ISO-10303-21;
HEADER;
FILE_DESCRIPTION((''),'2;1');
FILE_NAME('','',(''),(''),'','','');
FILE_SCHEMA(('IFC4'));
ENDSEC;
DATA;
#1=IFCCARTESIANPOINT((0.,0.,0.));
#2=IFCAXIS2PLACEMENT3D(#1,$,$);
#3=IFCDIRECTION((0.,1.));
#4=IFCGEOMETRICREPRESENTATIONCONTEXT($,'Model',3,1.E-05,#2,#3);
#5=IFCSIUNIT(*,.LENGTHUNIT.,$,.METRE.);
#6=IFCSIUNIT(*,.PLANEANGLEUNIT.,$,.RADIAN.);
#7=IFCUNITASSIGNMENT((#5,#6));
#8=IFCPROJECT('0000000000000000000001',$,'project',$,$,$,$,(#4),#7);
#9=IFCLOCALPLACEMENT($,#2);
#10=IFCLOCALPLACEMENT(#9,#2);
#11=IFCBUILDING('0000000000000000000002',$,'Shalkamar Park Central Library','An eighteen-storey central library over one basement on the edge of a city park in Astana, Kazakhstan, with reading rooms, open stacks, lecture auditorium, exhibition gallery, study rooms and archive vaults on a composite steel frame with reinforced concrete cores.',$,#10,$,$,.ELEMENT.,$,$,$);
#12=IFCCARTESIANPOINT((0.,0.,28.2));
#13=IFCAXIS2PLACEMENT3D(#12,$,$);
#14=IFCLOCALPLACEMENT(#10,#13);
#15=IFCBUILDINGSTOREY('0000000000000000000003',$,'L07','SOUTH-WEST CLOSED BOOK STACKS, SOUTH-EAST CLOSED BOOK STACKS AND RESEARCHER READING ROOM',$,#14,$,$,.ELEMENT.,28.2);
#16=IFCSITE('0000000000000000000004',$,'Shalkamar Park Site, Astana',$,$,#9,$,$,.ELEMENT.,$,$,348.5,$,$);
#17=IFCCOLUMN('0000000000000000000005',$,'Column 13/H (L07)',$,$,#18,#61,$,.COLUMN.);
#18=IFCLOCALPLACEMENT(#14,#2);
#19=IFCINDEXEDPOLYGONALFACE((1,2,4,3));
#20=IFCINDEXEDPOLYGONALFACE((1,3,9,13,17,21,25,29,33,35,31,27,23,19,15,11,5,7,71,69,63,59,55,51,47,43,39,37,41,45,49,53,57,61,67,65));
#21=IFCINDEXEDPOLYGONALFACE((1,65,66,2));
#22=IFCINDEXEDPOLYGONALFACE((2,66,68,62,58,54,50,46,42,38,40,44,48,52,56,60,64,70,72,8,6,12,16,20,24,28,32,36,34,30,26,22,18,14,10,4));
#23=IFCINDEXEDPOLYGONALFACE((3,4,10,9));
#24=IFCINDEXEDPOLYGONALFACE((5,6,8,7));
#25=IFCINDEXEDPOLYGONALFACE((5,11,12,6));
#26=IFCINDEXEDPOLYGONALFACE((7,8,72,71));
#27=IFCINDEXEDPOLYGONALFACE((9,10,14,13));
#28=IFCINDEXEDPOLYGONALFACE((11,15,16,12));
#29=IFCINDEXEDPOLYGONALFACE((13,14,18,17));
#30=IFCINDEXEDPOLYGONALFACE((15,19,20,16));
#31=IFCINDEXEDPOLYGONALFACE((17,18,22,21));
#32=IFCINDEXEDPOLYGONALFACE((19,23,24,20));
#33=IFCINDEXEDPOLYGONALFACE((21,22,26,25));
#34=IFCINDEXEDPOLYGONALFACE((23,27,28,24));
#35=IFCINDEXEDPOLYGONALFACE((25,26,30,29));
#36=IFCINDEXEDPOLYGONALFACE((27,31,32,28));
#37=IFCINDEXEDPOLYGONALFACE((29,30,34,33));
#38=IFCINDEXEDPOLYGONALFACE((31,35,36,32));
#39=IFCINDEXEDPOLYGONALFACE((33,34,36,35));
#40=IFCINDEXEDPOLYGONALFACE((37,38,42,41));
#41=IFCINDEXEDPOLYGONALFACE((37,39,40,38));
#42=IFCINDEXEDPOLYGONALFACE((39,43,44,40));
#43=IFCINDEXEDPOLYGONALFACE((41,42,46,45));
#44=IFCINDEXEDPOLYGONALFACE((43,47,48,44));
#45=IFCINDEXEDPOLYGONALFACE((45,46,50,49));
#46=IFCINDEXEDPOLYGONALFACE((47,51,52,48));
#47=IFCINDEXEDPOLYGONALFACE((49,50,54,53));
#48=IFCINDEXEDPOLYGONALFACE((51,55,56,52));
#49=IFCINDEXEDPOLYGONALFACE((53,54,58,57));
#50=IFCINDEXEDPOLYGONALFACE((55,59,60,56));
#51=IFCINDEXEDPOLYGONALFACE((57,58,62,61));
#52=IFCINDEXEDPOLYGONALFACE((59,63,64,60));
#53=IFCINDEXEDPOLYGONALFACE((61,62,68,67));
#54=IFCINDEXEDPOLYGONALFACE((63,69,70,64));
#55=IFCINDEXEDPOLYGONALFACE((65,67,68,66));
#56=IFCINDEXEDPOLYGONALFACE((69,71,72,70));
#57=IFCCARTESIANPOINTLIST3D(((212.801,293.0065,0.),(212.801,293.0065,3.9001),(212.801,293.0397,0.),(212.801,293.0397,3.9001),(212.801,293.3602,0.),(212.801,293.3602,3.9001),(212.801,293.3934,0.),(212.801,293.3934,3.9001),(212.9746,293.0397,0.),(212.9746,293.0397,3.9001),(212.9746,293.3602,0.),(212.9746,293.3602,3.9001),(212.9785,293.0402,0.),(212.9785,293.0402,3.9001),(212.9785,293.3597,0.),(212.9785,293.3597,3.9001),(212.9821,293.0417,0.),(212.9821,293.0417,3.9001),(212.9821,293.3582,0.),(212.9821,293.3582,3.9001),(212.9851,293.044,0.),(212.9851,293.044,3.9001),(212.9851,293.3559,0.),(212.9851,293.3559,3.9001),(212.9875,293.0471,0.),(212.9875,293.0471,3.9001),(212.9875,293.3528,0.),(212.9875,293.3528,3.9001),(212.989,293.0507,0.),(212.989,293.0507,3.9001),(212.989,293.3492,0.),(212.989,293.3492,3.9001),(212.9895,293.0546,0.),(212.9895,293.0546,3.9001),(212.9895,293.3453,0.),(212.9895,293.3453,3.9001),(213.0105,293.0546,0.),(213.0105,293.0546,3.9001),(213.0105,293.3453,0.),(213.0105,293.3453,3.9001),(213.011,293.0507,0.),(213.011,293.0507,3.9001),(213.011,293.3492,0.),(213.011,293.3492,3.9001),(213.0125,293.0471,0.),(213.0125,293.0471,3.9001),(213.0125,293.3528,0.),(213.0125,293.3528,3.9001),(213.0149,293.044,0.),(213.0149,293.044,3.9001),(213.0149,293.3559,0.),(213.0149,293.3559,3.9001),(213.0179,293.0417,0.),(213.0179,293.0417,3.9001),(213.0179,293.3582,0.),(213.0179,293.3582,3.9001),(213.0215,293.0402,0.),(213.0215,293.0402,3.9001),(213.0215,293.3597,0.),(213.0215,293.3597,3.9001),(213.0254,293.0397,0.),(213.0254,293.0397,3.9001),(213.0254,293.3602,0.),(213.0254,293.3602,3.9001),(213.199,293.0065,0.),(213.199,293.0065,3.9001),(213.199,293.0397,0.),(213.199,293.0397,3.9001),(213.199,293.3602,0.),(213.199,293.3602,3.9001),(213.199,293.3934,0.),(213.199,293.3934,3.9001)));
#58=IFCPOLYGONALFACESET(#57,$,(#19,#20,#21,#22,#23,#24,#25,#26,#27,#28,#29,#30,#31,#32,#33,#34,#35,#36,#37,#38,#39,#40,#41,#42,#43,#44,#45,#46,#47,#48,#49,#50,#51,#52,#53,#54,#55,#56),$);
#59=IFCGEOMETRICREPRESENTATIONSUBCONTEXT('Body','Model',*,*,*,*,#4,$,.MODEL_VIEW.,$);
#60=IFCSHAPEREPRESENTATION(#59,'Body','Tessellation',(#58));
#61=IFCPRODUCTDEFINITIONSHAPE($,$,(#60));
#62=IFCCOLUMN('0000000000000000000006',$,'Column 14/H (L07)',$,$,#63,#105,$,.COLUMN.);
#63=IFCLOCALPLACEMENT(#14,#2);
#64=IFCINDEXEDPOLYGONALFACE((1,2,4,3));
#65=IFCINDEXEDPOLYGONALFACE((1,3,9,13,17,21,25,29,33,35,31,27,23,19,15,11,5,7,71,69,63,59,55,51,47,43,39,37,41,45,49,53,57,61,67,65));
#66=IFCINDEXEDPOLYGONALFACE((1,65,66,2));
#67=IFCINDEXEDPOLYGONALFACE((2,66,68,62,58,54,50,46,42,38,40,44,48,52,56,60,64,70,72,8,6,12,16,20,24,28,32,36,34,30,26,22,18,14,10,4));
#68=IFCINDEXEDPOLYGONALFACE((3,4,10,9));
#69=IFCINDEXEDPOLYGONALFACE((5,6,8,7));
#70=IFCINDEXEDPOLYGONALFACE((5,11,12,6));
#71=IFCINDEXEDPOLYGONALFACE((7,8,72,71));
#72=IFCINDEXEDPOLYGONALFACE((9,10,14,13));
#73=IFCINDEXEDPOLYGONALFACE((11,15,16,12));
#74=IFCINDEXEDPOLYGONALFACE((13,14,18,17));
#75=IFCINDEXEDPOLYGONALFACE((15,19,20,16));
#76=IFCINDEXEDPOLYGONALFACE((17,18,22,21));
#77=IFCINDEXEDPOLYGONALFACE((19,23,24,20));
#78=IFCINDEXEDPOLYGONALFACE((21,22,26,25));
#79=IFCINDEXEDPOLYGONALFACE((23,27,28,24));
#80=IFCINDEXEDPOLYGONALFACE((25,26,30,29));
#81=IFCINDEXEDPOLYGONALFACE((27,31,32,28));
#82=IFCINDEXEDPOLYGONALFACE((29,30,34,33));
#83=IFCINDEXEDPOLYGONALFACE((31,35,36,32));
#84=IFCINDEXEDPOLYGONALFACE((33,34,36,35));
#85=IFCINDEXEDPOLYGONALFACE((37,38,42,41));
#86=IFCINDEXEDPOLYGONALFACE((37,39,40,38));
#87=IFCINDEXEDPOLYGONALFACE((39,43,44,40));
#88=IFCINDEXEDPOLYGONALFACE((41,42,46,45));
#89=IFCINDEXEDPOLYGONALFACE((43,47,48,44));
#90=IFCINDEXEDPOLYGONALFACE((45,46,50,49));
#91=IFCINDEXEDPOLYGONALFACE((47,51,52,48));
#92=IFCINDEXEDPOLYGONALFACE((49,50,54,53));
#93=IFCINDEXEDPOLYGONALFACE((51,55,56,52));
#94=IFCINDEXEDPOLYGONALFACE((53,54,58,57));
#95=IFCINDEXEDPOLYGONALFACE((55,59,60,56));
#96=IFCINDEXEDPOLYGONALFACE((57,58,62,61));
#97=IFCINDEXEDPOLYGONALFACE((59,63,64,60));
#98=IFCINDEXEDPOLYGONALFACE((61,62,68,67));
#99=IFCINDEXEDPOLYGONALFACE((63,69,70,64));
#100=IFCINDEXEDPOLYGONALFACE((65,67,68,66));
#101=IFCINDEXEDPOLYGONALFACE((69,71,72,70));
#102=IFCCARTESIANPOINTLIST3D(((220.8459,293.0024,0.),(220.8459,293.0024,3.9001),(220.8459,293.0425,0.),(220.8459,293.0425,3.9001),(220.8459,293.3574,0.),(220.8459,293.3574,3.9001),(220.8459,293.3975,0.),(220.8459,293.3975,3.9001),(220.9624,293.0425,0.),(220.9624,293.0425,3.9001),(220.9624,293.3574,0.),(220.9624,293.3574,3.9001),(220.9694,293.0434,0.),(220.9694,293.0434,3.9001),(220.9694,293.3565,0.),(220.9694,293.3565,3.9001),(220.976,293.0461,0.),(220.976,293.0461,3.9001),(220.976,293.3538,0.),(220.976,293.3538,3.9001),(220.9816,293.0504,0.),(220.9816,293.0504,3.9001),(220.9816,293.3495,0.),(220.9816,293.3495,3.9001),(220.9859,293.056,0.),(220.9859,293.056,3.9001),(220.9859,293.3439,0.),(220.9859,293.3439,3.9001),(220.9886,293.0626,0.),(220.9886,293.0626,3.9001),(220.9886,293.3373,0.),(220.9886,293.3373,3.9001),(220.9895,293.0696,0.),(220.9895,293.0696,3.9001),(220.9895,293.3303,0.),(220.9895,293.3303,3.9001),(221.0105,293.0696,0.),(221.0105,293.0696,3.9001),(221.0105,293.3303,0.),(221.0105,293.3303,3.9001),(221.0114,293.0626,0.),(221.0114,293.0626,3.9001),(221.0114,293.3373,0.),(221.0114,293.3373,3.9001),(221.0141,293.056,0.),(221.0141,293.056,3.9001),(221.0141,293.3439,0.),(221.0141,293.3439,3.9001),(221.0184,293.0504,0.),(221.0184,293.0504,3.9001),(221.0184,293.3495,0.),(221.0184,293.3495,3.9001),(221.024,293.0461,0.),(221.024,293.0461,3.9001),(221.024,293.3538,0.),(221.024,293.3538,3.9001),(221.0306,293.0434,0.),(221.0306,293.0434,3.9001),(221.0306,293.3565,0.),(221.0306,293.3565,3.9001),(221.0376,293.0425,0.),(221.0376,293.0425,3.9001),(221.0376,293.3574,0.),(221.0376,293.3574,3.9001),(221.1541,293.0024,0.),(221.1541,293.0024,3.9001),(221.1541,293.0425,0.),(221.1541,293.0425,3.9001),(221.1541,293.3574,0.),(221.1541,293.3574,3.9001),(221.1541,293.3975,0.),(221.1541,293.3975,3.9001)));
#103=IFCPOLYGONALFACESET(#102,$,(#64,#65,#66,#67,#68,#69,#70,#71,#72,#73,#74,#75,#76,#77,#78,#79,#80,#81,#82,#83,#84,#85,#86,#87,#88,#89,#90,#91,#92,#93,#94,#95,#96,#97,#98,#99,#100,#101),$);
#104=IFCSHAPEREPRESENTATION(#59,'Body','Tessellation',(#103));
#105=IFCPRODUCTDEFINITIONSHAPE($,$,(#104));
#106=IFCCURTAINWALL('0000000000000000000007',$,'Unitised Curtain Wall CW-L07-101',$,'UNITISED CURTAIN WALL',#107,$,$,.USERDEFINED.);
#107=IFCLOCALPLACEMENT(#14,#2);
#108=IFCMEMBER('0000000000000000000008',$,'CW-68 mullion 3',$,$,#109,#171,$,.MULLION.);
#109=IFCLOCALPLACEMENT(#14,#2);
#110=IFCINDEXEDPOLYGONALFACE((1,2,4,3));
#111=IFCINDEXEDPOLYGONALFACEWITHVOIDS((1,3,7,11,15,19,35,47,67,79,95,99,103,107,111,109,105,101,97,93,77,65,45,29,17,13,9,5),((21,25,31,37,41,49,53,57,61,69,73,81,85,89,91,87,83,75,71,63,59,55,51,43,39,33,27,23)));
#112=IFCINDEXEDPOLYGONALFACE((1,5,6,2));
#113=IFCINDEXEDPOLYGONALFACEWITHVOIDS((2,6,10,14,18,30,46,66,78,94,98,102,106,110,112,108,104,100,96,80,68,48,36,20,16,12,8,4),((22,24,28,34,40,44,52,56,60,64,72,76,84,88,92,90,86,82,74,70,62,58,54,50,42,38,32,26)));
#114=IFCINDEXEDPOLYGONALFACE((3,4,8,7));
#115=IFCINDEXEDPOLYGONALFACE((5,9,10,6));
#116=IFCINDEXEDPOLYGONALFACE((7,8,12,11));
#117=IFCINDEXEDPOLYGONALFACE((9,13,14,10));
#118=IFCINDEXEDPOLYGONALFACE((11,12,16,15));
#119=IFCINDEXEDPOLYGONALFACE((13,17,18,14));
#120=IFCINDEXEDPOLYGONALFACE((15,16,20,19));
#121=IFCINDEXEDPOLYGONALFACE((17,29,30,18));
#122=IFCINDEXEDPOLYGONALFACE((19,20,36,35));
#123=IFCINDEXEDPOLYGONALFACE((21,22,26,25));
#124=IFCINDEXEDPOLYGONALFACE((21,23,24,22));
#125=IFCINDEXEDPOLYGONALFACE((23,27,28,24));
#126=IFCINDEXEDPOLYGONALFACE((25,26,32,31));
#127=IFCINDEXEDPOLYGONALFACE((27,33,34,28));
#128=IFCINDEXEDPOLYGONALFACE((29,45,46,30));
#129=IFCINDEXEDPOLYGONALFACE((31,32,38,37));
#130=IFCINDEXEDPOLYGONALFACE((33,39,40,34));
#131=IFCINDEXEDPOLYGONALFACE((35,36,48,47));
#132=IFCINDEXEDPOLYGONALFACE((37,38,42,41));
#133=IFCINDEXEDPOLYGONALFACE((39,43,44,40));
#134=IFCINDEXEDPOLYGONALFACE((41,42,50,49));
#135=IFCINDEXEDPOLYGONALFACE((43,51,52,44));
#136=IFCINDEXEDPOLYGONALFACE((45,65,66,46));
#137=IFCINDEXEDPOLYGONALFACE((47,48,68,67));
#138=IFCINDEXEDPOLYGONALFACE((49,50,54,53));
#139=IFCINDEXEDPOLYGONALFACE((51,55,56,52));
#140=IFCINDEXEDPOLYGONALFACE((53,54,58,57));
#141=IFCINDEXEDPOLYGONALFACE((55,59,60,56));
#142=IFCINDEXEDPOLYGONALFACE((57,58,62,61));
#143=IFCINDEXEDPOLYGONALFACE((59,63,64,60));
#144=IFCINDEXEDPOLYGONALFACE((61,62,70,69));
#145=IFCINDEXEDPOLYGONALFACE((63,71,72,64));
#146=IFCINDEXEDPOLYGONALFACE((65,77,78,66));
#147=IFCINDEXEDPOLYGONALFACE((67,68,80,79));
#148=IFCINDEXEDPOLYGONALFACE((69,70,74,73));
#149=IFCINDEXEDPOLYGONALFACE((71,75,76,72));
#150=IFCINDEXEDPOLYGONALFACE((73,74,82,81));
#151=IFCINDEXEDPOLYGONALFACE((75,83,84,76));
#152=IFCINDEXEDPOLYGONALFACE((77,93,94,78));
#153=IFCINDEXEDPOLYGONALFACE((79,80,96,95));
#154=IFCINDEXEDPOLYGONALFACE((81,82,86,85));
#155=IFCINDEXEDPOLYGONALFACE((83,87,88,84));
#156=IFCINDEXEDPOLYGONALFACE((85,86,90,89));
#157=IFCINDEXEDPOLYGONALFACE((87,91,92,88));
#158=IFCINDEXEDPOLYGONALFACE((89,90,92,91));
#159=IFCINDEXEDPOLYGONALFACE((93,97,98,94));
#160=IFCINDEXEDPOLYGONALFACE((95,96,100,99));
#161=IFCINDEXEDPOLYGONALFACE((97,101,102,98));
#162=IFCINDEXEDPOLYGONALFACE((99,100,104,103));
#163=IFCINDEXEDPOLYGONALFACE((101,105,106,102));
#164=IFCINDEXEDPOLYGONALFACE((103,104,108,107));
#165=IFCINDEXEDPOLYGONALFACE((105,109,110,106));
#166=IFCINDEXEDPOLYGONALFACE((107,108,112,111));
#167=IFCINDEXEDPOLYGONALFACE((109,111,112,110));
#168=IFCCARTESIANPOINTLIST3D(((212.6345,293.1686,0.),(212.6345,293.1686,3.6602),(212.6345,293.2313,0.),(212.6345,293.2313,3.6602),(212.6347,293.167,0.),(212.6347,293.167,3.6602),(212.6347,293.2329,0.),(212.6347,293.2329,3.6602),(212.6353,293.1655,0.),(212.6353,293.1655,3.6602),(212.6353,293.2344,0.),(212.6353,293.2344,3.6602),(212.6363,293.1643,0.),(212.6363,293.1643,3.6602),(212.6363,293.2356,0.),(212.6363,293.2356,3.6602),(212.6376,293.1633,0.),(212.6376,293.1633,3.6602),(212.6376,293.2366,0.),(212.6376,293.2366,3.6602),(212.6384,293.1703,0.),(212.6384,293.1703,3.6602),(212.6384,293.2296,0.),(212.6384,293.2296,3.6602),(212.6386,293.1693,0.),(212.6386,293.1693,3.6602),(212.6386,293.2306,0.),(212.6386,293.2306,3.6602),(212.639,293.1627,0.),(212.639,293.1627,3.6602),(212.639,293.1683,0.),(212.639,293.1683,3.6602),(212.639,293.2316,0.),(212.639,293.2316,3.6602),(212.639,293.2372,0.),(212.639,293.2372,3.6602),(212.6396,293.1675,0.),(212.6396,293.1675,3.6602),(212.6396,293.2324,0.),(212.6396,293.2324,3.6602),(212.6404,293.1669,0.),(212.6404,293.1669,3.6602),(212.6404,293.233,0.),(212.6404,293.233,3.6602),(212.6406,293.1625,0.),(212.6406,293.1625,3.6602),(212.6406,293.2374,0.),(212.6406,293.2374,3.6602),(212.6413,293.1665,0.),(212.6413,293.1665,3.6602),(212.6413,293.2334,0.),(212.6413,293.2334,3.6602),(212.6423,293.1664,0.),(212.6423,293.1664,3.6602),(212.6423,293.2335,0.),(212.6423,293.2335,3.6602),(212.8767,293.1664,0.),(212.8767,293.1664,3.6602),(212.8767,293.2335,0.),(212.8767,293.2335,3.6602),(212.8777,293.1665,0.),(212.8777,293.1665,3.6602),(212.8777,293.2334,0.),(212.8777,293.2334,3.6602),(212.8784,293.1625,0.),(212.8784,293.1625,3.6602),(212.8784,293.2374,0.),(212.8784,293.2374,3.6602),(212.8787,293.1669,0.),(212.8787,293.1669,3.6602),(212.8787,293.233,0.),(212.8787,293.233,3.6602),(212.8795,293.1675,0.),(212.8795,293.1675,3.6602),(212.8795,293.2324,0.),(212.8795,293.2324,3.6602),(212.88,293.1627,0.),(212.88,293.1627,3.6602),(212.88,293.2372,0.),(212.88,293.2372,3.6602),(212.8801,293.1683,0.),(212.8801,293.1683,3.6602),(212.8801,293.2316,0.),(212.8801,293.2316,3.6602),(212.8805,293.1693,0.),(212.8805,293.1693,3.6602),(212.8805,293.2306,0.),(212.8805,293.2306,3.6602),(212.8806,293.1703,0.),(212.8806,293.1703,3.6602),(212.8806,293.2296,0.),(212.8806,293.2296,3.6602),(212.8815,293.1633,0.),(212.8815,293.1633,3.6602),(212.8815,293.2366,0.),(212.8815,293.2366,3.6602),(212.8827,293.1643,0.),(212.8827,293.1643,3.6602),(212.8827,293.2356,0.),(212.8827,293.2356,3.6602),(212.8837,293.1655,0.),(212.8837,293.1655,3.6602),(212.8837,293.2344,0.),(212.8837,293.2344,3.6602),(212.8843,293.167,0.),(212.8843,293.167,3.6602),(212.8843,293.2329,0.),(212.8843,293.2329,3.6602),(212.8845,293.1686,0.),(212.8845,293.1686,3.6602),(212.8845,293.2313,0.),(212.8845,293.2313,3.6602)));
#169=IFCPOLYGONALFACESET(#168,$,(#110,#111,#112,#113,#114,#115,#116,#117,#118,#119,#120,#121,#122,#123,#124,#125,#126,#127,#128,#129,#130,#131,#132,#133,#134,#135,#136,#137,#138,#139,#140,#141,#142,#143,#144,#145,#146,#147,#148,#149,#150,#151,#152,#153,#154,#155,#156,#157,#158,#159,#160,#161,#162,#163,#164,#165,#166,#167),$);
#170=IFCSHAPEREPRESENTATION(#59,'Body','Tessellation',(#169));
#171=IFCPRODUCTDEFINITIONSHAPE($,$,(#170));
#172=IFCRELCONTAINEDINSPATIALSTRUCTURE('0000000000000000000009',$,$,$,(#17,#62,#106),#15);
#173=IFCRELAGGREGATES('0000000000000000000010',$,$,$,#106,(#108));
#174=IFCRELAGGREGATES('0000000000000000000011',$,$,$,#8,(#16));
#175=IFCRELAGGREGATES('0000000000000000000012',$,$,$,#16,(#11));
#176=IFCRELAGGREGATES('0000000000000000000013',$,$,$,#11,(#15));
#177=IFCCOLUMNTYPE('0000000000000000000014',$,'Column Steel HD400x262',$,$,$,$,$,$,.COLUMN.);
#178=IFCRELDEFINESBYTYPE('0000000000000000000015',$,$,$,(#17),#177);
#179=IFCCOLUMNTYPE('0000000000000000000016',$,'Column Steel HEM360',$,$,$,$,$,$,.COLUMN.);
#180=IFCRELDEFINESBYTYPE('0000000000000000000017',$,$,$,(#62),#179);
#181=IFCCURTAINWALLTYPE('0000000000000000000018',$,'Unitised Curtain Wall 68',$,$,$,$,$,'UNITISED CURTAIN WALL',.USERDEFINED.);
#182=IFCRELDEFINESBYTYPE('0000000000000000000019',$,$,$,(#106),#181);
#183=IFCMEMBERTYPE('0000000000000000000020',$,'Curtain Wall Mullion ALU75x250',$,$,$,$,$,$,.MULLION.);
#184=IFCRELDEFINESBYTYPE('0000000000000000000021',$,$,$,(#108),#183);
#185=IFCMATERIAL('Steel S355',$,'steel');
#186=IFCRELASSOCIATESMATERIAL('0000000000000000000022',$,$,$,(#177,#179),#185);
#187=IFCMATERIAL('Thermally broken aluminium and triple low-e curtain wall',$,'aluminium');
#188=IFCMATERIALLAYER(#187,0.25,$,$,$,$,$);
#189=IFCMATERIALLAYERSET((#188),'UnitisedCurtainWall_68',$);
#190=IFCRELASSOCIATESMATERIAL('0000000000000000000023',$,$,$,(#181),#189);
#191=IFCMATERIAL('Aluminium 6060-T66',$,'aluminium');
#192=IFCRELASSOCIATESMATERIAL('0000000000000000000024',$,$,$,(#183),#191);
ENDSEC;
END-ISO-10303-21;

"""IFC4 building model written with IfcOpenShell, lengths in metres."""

from ifc_helpers import new_model, si_unit, direction, frame, origin, origin_2d, place, context, subcontext, project, spatial, hollow_rectangle, i_section, extrude, material, layer, layer_set, material_profile, profile_set, type_object, element, aggregate, save


model = new_model("IFC4")

# Units and contexts
model_context = context("Model", 3, precision=1e-05, world=origin(), true_north=direction((0.0, 1.0)))
body_context = subcontext(model_context, "Body", "Model", "MODEL_VIEW")
ifc_project = project(units=[si_unit("LENGTHUNIT", "METRE"), si_unit("PLANEANGLEUNIT", "RADIAN")], contexts=[model_context])

# Site, building, storey
site_placement = place(None, origin())
site = spatial("IfcSite", under=ifc_project, at=site_placement, Name="Shalkamar Park Site, Astana", CompositionType="ELEMENT", RefElevation=348.5)
building_placement = place(site_placement, origin())
building = spatial("IfcBuilding", under=site, at=building_placement, Name="Shalkamar Park Central Library", Description="An eighteen-storey central library over one basement on the edge of a city park in Astana, Kazakhstan, with reading rooms, open stacks, lecture auditorium, exhibition gallery, study rooms and archive vaults on a composite steel frame with reinforced concrete cores.", CompositionType="ELEMENT")
storey_placement = place(building_placement, frame((0.0, 0.0, 28.2)))
storey = spatial("IfcBuildingStorey", under=building, at=storey_placement, Name="L07", Description="SOUTH-WEST CLOSED BOOK STACKS, SOUTH-EAST CLOSED BOOK STACKS AND RESEARCHER READING ROOM", CompositionType="ELEMENT", Elevation=28.2)

# Columns
ifc_material_1 = material(Name="Steel S355", Category="steel")
ifc_material_profile_1 = material_profile(ifc_material_1, i_section(OverallWidth=0.3979, OverallDepth=0.387, WebThickness=0.021, FlangeThickness=0.0332, FilletRadius=0.0149, at=origin_2d()), Name="HD 400x262")
ifc_profile_set_1 = profile_set([ifc_material_profile_1], Name="Steel S355")
column_type_1 = type_object("IfcColumnType", Name="Column Steel HD400x262", PredefinedType="COLUMN", material=ifc_profile_set_1)
column_1_placement = place(storey_placement, frame((213.0, 293.2, 0.0), z_axis=(0.0, 0.0, 1.0), x_axis=(1.0, 0.0, 0.0)))
element("IfcColumn", 1, at=column_1_placement, inside=storey, type_object=column_type_1, Name="Column 13/H (L07)", PredefinedType="COLUMN", context=body_context, shape_type="SweptSolid", body=[
    extrude(i_section(OverallWidth=0.3979, OverallDepth=0.387, WebThickness=0.021, FlangeThickness=0.0332, FilletRadius=0.0149, at=origin_2d()), origin(), (0.0, 0.0, 1.0), 3.9001),
])
ifc_material_profile_2 = material_profile(ifc_material_1, i_section(OverallWidth=0.3081, OverallDepth=0.395, WebThickness=0.021, FlangeThickness=0.04, FilletRadius=0.0271, at=origin_2d()), Name="HEM 360")
ifc_profile_set_2 = profile_set([ifc_material_profile_2], Name="Steel S355")
column_type_2 = type_object("IfcColumnType", Name="Column Steel HEM360", PredefinedType="COLUMN", material=ifc_profile_set_2)
column_2_placement = place(storey_placement, frame((221.0, 293.2, 0.0), z_axis=(0.0, 0.0, 1.0), x_axis=(1.0, 0.0, 0.0)))
element("IfcColumn", 2, at=column_2_placement, inside=storey, type_object=column_type_2, Name="Column 14/H (L07)", PredefinedType="COLUMN", context=body_context, shape_type="SweptSolid", body=[
    extrude(i_section(OverallWidth=0.3081, OverallDepth=0.395, WebThickness=0.021, FlangeThickness=0.04, FilletRadius=0.0271, at=origin_2d()), origin(), (0.0, 0.0, 1.0), 3.9001),
])

# Curtain wall, member
ifc_material_2 = material(Name="Thermally broken aluminium and triple low-e curtain wall", Category="aluminium")
ifc_layer_1 = layer(ifc_material_2, 0.25)
ifc_layer_set_1 = layer_set([ifc_layer_1], Name="UnitisedCurtainWall_68")
curtain_wall_type_1 = type_object("IfcCurtainWallType", Name="Unitised Curtain Wall 68", ElementType="UNITISED CURTAIN WALL", PredefinedType="USERDEFINED", material=ifc_layer_set_1)
curtain_wall_1_placement = place(storey_placement, origin())
curtain_wall_1 = element("IfcCurtainWall", 3, at=curtain_wall_1_placement, inside=storey, type_object=curtain_wall_type_1, Name="Unitised Curtain Wall CW-L07-101", ObjectType="UNITISED CURTAIN WALL", PredefinedType="USERDEFINED")
ifc_material_3 = material(Name="Aluminium 6060-T66", Category="aluminium")
ifc_material_profile_3 = material_profile(ifc_material_3, hollow_rectangle(XDim=0.075, YDim=0.25, WallThickness=0.0039, InnerFilletRadius=0.0039, OuterFilletRadius=0.0061, at=origin_2d()), Name="ALU 75x250x4")
ifc_profile_set_3 = profile_set([ifc_material_profile_3], Name="Aluminium 6060-T66")
member_type_1 = type_object("IfcMemberType", Name="Curtain Wall Mullion ALU75x250", PredefinedType="MULLION", material=ifc_profile_set_3)
member_1_placement = place(storey_placement, frame((212.7595, 293.2, 0.0), z_axis=(0.0, 0.0, 1.0), x_axis=(0.0, 1.0, 0.0)))
member_1 = element("IfcMember", 4, at=member_1_placement, type_object=member_type_1, Name="CW-68 mullion 3", PredefinedType="MULLION", context=body_context, shape_type="SweptSolid", body=[
    extrude(hollow_rectangle(XDim=0.075, YDim=0.25, WallThickness=0.0039, InnerFilletRadius=0.0039, OuterFilletRadius=0.0061, at=origin_2d()), origin(), (0.0, 0.0, 1.0), 3.6602),
])

aggregate(curtain_wall_1, [member_1])

save(model, "model.ifc")
